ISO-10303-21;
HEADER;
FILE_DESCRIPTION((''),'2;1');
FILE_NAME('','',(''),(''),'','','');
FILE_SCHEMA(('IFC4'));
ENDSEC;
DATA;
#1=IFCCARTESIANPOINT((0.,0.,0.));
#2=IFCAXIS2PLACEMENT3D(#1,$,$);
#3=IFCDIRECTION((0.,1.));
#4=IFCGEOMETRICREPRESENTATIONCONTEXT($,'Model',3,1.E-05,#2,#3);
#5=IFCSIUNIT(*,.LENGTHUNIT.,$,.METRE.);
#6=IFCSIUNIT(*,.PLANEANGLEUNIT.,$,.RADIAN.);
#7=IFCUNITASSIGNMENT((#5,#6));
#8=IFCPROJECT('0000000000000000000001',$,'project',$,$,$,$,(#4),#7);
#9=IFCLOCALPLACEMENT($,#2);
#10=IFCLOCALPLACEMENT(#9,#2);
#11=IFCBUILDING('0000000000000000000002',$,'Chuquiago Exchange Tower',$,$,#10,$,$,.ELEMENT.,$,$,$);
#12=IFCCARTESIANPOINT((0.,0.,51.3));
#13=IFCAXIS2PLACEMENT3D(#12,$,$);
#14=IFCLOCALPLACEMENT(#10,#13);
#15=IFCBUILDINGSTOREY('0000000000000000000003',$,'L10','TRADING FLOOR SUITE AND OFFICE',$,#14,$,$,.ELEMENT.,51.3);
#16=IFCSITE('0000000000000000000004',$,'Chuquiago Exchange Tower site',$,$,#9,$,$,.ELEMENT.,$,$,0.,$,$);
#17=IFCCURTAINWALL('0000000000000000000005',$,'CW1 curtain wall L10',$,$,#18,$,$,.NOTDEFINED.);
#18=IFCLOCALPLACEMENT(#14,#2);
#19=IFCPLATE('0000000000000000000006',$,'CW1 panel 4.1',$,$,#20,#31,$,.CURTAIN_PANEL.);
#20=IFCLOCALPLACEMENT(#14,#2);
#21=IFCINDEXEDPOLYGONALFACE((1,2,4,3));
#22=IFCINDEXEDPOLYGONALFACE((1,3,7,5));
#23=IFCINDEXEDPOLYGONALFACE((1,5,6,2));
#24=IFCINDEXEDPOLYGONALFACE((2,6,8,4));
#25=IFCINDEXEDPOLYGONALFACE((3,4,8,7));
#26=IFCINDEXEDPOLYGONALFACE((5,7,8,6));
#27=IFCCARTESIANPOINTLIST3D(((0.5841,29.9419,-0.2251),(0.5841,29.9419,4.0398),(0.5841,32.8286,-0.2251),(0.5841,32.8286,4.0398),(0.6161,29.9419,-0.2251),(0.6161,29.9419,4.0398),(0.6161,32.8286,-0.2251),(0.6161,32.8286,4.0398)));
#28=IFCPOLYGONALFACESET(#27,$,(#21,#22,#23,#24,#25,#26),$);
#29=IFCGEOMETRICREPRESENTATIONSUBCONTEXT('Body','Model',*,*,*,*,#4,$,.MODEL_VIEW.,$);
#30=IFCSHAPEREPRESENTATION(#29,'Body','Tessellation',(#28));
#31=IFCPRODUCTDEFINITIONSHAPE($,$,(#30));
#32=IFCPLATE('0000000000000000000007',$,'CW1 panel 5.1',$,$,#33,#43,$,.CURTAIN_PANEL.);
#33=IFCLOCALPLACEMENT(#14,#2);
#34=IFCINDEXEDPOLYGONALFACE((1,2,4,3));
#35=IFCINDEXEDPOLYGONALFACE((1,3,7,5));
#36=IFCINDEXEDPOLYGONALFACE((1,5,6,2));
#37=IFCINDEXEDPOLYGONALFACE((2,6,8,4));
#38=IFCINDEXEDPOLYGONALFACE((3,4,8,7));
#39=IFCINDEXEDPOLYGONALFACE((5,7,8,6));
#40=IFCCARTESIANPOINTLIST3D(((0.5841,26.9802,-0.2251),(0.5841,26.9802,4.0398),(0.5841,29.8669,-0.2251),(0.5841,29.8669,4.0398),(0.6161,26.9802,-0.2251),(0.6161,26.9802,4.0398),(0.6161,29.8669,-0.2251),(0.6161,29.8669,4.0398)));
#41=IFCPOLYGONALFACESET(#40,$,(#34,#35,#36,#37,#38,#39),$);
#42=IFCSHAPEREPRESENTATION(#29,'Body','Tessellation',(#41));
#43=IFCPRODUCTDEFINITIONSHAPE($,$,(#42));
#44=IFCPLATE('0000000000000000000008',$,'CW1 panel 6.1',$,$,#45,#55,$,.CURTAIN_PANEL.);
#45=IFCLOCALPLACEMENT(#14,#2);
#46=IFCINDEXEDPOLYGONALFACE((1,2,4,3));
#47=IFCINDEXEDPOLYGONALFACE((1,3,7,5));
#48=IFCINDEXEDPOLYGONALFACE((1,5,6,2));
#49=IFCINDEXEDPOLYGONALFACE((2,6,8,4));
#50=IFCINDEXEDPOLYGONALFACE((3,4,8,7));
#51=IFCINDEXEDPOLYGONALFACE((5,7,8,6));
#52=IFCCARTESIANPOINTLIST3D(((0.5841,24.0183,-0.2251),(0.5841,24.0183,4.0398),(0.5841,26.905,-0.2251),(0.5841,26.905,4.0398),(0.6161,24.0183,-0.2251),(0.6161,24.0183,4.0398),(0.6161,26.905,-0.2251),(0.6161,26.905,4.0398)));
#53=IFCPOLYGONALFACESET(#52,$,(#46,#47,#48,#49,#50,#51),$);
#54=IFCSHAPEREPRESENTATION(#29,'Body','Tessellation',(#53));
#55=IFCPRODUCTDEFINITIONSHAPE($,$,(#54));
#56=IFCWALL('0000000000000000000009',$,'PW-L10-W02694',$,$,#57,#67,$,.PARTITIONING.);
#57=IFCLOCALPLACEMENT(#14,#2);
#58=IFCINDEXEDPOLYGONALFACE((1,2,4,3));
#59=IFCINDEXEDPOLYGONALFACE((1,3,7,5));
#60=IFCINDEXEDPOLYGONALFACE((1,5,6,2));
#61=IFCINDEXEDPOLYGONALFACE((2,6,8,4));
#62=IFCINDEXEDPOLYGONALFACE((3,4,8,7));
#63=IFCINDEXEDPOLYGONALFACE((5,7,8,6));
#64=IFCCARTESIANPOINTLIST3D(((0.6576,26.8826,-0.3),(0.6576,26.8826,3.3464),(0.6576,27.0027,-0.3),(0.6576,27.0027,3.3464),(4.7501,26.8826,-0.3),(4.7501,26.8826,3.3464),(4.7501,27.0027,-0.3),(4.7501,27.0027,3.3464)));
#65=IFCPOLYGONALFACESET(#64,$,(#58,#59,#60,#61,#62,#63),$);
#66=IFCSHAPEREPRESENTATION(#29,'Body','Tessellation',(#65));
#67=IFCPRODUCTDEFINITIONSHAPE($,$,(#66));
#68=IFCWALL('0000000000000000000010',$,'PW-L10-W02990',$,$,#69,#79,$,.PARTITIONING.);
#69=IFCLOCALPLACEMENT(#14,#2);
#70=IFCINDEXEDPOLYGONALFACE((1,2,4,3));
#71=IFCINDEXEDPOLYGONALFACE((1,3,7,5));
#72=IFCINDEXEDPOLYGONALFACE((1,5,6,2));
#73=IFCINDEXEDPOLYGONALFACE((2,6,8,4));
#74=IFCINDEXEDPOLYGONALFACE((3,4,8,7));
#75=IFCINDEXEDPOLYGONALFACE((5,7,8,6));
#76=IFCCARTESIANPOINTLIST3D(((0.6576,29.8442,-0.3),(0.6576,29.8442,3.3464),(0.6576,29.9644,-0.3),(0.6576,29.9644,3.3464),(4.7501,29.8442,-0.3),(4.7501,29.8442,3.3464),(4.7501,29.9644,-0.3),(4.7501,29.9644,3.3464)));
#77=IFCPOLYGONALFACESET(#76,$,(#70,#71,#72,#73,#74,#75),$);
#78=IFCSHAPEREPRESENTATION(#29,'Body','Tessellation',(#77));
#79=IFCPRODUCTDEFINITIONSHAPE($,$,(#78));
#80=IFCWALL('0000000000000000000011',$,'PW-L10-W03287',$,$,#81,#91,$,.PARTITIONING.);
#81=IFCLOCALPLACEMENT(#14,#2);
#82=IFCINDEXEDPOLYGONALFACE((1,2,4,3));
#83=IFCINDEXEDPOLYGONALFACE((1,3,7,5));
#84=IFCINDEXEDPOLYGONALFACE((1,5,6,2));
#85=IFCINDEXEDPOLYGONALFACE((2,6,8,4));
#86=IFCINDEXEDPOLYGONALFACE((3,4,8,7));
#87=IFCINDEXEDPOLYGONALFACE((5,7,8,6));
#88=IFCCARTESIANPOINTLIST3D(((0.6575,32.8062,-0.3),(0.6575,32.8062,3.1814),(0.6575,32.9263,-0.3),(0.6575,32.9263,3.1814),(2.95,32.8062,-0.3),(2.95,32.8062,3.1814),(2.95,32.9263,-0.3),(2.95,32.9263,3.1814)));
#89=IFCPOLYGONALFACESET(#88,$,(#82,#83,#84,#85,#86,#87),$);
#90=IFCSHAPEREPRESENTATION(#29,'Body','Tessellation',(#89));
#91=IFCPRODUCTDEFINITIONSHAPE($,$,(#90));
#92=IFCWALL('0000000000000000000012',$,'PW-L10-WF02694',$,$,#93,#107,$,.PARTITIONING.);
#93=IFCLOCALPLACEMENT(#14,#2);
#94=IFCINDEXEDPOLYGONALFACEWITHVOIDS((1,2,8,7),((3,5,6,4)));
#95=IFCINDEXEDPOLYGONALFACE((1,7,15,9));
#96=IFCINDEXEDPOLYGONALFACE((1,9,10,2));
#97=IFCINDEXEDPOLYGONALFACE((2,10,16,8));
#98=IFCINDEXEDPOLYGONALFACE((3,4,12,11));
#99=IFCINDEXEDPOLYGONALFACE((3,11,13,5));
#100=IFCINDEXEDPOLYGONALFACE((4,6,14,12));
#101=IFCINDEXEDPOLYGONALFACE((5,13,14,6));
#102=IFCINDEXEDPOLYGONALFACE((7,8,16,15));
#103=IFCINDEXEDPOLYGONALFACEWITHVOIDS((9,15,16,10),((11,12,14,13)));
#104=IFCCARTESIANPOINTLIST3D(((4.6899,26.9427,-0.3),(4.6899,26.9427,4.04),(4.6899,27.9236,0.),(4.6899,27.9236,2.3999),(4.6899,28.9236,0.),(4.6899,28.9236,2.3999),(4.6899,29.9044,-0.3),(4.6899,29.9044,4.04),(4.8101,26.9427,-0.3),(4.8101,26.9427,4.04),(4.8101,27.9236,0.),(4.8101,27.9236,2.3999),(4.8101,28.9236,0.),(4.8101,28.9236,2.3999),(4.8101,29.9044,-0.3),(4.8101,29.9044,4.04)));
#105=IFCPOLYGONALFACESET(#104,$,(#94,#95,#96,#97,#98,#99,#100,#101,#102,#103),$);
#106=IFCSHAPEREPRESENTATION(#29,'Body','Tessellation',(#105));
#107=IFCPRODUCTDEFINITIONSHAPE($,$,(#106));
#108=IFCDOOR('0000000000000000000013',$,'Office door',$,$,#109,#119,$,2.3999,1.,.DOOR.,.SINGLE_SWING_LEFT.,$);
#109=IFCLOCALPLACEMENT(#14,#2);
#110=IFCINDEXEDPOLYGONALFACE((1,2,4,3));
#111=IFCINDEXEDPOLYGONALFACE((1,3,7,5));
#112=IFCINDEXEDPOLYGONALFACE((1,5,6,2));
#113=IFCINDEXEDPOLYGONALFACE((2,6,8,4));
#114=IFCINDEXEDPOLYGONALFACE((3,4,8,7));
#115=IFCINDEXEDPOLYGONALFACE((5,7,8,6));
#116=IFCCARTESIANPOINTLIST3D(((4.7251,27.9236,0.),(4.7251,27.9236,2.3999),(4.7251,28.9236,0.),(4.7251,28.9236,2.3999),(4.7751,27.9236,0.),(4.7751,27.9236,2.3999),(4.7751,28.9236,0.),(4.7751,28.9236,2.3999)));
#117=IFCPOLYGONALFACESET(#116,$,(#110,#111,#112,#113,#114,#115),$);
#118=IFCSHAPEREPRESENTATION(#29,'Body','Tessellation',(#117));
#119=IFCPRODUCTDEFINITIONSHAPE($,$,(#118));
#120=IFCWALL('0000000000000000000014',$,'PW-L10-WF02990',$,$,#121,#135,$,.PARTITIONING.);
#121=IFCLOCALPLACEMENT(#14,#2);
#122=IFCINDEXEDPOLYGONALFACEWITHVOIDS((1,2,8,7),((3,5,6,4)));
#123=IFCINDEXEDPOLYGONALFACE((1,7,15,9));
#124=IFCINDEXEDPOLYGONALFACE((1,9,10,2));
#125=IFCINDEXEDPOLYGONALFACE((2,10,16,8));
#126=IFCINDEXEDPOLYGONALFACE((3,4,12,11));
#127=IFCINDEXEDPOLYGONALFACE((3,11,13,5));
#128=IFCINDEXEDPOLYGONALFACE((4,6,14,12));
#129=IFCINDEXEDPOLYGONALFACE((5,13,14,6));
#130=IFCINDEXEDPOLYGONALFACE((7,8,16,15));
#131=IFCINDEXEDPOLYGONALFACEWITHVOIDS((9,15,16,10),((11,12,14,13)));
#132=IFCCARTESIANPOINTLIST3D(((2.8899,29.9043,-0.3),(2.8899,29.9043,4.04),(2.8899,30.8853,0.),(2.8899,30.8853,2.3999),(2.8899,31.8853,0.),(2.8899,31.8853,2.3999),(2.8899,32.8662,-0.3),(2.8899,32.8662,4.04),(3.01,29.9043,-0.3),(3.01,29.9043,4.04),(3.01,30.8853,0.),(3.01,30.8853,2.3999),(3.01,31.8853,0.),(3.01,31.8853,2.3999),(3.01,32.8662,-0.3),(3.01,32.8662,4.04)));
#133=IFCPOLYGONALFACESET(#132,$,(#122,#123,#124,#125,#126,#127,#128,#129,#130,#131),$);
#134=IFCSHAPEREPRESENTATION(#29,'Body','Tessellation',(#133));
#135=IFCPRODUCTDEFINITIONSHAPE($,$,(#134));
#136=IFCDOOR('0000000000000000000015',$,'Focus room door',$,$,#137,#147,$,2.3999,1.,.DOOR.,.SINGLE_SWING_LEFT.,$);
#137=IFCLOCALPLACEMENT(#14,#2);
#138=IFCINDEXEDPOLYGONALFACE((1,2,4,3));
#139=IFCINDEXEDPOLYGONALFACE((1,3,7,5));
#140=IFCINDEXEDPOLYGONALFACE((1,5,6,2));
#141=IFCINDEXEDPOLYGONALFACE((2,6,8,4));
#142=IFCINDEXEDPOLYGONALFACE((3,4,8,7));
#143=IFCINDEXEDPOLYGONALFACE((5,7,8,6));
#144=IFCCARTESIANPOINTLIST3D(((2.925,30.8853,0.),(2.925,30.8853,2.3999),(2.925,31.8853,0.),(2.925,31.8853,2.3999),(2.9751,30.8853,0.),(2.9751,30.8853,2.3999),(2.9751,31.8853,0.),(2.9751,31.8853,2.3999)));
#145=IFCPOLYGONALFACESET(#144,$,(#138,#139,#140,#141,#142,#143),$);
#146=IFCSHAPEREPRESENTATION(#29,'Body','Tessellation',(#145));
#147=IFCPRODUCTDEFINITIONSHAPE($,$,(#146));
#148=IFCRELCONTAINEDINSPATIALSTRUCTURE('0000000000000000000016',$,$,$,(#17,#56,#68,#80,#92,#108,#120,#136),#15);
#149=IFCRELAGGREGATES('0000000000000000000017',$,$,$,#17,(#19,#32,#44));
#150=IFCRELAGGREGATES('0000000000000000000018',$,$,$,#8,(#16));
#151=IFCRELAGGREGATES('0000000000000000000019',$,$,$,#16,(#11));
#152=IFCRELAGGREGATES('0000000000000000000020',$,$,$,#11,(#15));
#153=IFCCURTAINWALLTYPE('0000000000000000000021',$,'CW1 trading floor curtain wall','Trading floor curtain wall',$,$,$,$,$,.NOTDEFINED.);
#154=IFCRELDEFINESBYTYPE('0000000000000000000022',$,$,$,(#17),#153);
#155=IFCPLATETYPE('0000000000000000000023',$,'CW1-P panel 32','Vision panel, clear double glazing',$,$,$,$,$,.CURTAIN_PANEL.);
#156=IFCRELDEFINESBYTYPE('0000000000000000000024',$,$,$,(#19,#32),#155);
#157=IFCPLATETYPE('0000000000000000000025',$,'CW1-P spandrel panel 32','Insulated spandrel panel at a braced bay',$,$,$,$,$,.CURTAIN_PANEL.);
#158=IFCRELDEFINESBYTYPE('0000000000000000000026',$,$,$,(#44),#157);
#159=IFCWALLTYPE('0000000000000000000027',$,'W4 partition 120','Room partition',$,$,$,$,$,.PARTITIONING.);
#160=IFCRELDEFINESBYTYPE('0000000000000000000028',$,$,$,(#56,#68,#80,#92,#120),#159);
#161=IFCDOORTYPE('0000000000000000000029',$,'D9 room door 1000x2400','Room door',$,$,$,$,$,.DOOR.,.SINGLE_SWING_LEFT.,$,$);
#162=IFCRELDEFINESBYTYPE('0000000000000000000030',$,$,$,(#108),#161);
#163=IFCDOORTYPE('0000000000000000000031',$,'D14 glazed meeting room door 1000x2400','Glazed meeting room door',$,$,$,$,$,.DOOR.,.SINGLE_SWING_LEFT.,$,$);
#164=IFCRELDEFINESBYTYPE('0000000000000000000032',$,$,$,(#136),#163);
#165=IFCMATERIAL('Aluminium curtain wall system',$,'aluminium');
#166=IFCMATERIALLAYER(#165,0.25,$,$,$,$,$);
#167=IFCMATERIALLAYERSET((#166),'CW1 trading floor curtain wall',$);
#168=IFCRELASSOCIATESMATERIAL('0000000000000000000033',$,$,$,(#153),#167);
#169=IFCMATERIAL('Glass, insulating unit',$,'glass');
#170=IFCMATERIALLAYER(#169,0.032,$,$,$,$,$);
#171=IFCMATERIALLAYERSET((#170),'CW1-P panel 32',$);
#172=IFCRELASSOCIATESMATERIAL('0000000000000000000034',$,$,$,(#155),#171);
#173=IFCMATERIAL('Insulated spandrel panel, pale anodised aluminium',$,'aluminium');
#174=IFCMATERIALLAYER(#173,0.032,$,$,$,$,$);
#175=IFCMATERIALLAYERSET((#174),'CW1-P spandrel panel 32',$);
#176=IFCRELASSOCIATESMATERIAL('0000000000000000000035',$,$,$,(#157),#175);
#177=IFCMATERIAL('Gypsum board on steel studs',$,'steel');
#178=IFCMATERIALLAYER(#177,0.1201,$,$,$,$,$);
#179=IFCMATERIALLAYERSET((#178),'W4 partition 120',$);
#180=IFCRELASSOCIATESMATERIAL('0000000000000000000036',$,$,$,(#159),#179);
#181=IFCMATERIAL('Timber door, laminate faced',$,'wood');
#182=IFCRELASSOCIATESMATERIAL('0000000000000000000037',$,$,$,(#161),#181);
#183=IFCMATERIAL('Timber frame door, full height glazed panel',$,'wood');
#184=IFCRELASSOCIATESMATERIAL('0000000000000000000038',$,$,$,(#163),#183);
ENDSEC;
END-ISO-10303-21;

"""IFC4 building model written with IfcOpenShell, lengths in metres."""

from ifc_helpers import new_model, si_unit, direction, frame, frame_2d, origin, origin_2d, place, context, subcontext, project, spatial, rectangle, extrude, material, layer, layer_set, type_object, element, fill, aggregate, save


model = new_model("IFC4")

# Units and contexts
model_context = context("Model", 3, precision=1e-05, world=origin(), true_north=direction((0.0, 1.0)))
body_context = subcontext(model_context, "Body", "Model", "MODEL_VIEW")
ifc_project = project(units=[si_unit("LENGTHUNIT", "METRE"), si_unit("PLANEANGLEUNIT", "RADIAN")], contexts=[model_context])

# Site, building, storey
site_placement = place(None, origin())
site = spatial("IfcSite", under=ifc_project, at=site_placement, Name="Chuquiago Exchange Tower site", CompositionType="ELEMENT", RefElevation=0.0)
building_placement = place(site_placement, origin())
building = spatial("IfcBuilding", under=site, at=building_placement, Name="Chuquiago Exchange Tower", CompositionType="ELEMENT")
storey_placement = place(building_placement, frame((0.0, 0.0, 51.3)))
storey = spatial("IfcBuildingStorey", under=building, at=storey_placement, Name="L10", Description="TRADING FLOOR SUITE AND OFFICE", CompositionType="ELEMENT", Elevation=51.3)

# Curtain wall
ifc_material_1 = material(Name="Aluminium curtain wall system", Category="aluminium")
ifc_layer_1 = layer(ifc_material_1, 0.25)
ifc_layer_set_1 = layer_set([ifc_layer_1], Name="CW1 trading floor curtain wall")
curtain_wall_type = type_object("IfcCurtainWallType", Name="CW1 trading floor curtain wall", Description="Trading floor curtain wall", PredefinedType="NOTDEFINED", material=ifc_layer_set_1)
curtain_wall_placement = place(storey_placement, origin())
curtain_wall = element("IfcCurtainWall", 1, at=curtain_wall_placement, inside=storey, type_object=curtain_wall_type, Name="CW1 curtain wall L10", PredefinedType="NOTDEFINED")

# Plates
ifc_material_2 = material(Name="Glass, insulating unit", Category="glass")
ifc_layer_2 = layer(ifc_material_2, 0.032)
ifc_layer_set_2 = layer_set([ifc_layer_2], Name="CW1-P panel 32")
plate_type_1 = type_object("IfcPlateType", Name="CW1-P panel 32", Description="Vision panel, clear double glazing", PredefinedType="CURTAIN_PANEL", material=ifc_layer_set_2)
plate_1_placement = place(storey_placement, frame((0.6001, 31.3853, -0.2251), z_axis=(0.0, 0.0, 1.0), x_axis=(0.0, -1.0, 0.0)))
plate_1 = element("IfcPlate", 2, at=plate_1_placement, type_object=plate_type_1, Name="CW1 panel 4.1", PredefinedType="CURTAIN_PANEL", context=body_context, shape_type="SweptSolid", body=[
    extrude(rectangle(XDim=2.8867, YDim=0.032, at=origin_2d()), origin(), (0.0, 0.0, 1.0), 4.2649),
])
plate_2_placement = place(storey_placement, frame((0.6001, 28.4236, -0.2251), z_axis=(0.0, 0.0, 1.0), x_axis=(0.0, -1.0, 0.0)))
plate_2 = element("IfcPlate", 3, at=plate_2_placement, type_object=plate_type_1, Name="CW1 panel 5.1", PredefinedType="CURTAIN_PANEL", context=body_context, shape_type="SweptSolid", body=[
    extrude(rectangle(XDim=2.8867, YDim=0.032, at=origin_2d()), origin(), (0.0, 0.0, 1.0), 4.2649),
])
ifc_material_3 = material(Name="Insulated spandrel panel, pale anodised aluminium", Category="aluminium")
ifc_layer_3 = layer(ifc_material_3, 0.032)
ifc_layer_set_3 = layer_set([ifc_layer_3], Name="CW1-P spandrel panel 32")
plate_type_2 = type_object("IfcPlateType", Name="CW1-P spandrel panel 32", Description="Insulated spandrel panel at a braced bay", PredefinedType="CURTAIN_PANEL", material=ifc_layer_set_3)
plate_3_placement = place(storey_placement, frame((0.6001, 25.4617, -0.2251), z_axis=(0.0, 0.0, 1.0), x_axis=(0.0, -1.0, 0.0)))
plate_3 = element("IfcPlate", 4, at=plate_3_placement, type_object=plate_type_2, Name="CW1 panel 6.1", PredefinedType="CURTAIN_PANEL", context=body_context, shape_type="SweptSolid", body=[
    extrude(rectangle(XDim=2.8867, YDim=0.032, at=origin_2d()), origin(), (0.0, 0.0, 1.0), 4.2649),
])
aggregate(curtain_wall, [plate_1, plate_2, plate_3])

# Walls
ifc_material_4 = material(Name="Gypsum board on steel studs", Category="steel")
ifc_layer_4 = layer(ifc_material_4, 0.1201)
ifc_layer_set_4 = layer_set([ifc_layer_4], Name="W4 partition 120")
wall_type = type_object("IfcWallType", Name="W4 partition 120", Description="Room partition", PredefinedType="PARTITIONING", material=ifc_layer_set_4)
for number, where, z_axis, x_axis, name in (
    (5, (0.6575, 26.9426, -0.3), (0.0, 0.0, 1.0), (1.0, 0.0, 0.0), "PW-L10-W02694"),
    (6, (0.6575, 29.9043, -0.3), (0.0, 0.0, 1.0), (1.0, 0.0, 0.0), "PW-L10-W02990"),
):
    element("IfcWall", number, at=place(storey_placement, frame(where, z_axis=z_axis, x_axis=x_axis)), inside=storey, type_object=wall_type, Name=name, PredefinedType="PARTITIONING", context=body_context, shape_type="SweptSolid", body=[
        extrude(rectangle(XDim=4.0925, YDim=0.1201, at=frame_2d((2.0464, 0.0))), origin(), (0.0, 0.0, 1.0), 3.6465),
    ])
wall_1_placement = place(storey_placement, frame((0.6575, 32.8662, -0.3), z_axis=(0.0, 0.0, 1.0), x_axis=(1.0, 0.0, 0.0)))
element("IfcWall", 7, at=wall_1_placement, inside=storey, type_object=wall_type, Name="PW-L10-W03287", PredefinedType="PARTITIONING", context=body_context, shape_type="SweptSolid", body=[
    extrude(rectangle(XDim=2.2925, YDim=0.1201, at=frame_2d((1.1462, 0.0))), origin(), (0.0, 0.0, 1.0), 3.4814),
])

# Walls, openings, doors
wall_2_placement = place(storey_placement, frame((4.75, 26.9426, -0.3), z_axis=(0.0, 0.0, 1.0), x_axis=(0.0, 1.0, 0.0)))
wall_2 = element("IfcWall", 8, at=wall_2_placement, inside=storey, type_object=wall_type, Name="PW-L10-WF02694", PredefinedType="PARTITIONING", context=body_context, shape_type="SweptSolid", body=[
    extrude(rectangle(XDim=2.9617, YDim=0.1201, at=frame_2d((1.481, 0.0))), origin(), (0.0, 0.0, 1.0), 4.3401),
])
opening_1_placement = place(wall_2_placement, frame((0.981, 0.0, 0.3)))
opening_1 = element("IfcOpeningElement", 9, at=opening_1_placement, cuts=wall_2, PredefinedType="OPENING", context=body_context, shape_type="SweptSolid", body=[
    extrude(rectangle(XDim=1.0, YDim=2.3999, at=frame_2d((0.5, 1.2))), frame((0.0, 0.0701, 0.0), z_axis=(0.0, -1.0, 0.0), x_axis=(1.0, 0.0, 0.0)), (0.0, 0.0, 1.0), 0.1401),
])
ifc_material_5 = material(Name="Timber door, laminate faced", Category="wood")
door_type_1 = type_object("IfcDoorType", Name="D9 room door 1000x2400", Description="Room door", OperationType="SINGLE_SWING_LEFT", PredefinedType="DOOR", material=ifc_material_5)
door_1_placement = place(opening_1_placement, origin())
door_1 = element("IfcDoor", 10, at=door_1_placement, inside=storey, type_object=door_type_1, Name="Office door", OperationType="SINGLE_SWING_LEFT", OverallHeight=2.3999, OverallWidth=1.0, PredefinedType="DOOR", context=body_context, shape_type="SweptSolid", body=[
    extrude(rectangle(XDim=1.0, YDim=2.3999, at=frame_2d((0.5, 1.2))), frame((0.0, 0.0249, 0.0), z_axis=(0.0, -1.0, 0.0), x_axis=(1.0, 0.0, 0.0)), (0.0, 0.0, 1.0), 0.05),
])
fill(opening_1, door_1)
wall_3_placement = place(storey_placement, frame((2.95, 29.9043, -0.3), z_axis=(0.0, 0.0, 1.0), x_axis=(0.0, 1.0, 0.0)))
wall_3 = element("IfcWall", 11, at=wall_3_placement, inside=storey, type_object=wall_type, Name="PW-L10-WF02990", PredefinedType="PARTITIONING", context=body_context, shape_type="SweptSolid", body=[
    extrude(rectangle(XDim=2.9619, YDim=0.1201, at=frame_2d((1.481, 0.0))), origin(), (0.0, 0.0, 1.0), 4.3401),
])
opening_2_placement = place(wall_3_placement, frame((0.981, 0.0, 0.3)))
opening_2 = element("IfcOpeningElement", 12, at=opening_2_placement, cuts=wall_3, PredefinedType="OPENING", context=body_context, shape_type="SweptSolid", body=[
    extrude(rectangle(XDim=1.0, YDim=2.3999, at=frame_2d((0.5, 1.2))), frame((0.0, 0.0701, 0.0), z_axis=(0.0, -1.0, 0.0), x_axis=(1.0, 0.0, 0.0)), (0.0, 0.0, 1.0), 0.1401),
])
ifc_material_6 = material(Name="Timber frame door, full height glazed panel", Category="wood")
door_type_2 = type_object("IfcDoorType", Name="D14 glazed meeting room door 1000x2400", Description="Glazed meeting room door", OperationType="SINGLE_SWING_LEFT", PredefinedType="DOOR", material=ifc_material_6)
door_2_placement = place(opening_2_placement, origin())
door_2 = element("IfcDoor", 13, at=door_2_placement, inside=storey, type_object=door_type_2, Name="Focus room door", OperationType="SINGLE_SWING_LEFT", OverallHeight=2.3999, OverallWidth=1.0, PredefinedType="DOOR", context=body_context, shape_type="SweptSolid", body=[
    extrude(rectangle(XDim=1.0, YDim=2.3999, at=frame_2d((0.5, 1.2))), frame((0.0, 0.0249, 0.0), z_axis=(0.0, -1.0, 0.0), x_axis=(1.0, 0.0, 0.0)), (0.0, 0.0, 1.0), 0.05),
])
fill(opening_2, door_2)

save(model, "model.ifc")
